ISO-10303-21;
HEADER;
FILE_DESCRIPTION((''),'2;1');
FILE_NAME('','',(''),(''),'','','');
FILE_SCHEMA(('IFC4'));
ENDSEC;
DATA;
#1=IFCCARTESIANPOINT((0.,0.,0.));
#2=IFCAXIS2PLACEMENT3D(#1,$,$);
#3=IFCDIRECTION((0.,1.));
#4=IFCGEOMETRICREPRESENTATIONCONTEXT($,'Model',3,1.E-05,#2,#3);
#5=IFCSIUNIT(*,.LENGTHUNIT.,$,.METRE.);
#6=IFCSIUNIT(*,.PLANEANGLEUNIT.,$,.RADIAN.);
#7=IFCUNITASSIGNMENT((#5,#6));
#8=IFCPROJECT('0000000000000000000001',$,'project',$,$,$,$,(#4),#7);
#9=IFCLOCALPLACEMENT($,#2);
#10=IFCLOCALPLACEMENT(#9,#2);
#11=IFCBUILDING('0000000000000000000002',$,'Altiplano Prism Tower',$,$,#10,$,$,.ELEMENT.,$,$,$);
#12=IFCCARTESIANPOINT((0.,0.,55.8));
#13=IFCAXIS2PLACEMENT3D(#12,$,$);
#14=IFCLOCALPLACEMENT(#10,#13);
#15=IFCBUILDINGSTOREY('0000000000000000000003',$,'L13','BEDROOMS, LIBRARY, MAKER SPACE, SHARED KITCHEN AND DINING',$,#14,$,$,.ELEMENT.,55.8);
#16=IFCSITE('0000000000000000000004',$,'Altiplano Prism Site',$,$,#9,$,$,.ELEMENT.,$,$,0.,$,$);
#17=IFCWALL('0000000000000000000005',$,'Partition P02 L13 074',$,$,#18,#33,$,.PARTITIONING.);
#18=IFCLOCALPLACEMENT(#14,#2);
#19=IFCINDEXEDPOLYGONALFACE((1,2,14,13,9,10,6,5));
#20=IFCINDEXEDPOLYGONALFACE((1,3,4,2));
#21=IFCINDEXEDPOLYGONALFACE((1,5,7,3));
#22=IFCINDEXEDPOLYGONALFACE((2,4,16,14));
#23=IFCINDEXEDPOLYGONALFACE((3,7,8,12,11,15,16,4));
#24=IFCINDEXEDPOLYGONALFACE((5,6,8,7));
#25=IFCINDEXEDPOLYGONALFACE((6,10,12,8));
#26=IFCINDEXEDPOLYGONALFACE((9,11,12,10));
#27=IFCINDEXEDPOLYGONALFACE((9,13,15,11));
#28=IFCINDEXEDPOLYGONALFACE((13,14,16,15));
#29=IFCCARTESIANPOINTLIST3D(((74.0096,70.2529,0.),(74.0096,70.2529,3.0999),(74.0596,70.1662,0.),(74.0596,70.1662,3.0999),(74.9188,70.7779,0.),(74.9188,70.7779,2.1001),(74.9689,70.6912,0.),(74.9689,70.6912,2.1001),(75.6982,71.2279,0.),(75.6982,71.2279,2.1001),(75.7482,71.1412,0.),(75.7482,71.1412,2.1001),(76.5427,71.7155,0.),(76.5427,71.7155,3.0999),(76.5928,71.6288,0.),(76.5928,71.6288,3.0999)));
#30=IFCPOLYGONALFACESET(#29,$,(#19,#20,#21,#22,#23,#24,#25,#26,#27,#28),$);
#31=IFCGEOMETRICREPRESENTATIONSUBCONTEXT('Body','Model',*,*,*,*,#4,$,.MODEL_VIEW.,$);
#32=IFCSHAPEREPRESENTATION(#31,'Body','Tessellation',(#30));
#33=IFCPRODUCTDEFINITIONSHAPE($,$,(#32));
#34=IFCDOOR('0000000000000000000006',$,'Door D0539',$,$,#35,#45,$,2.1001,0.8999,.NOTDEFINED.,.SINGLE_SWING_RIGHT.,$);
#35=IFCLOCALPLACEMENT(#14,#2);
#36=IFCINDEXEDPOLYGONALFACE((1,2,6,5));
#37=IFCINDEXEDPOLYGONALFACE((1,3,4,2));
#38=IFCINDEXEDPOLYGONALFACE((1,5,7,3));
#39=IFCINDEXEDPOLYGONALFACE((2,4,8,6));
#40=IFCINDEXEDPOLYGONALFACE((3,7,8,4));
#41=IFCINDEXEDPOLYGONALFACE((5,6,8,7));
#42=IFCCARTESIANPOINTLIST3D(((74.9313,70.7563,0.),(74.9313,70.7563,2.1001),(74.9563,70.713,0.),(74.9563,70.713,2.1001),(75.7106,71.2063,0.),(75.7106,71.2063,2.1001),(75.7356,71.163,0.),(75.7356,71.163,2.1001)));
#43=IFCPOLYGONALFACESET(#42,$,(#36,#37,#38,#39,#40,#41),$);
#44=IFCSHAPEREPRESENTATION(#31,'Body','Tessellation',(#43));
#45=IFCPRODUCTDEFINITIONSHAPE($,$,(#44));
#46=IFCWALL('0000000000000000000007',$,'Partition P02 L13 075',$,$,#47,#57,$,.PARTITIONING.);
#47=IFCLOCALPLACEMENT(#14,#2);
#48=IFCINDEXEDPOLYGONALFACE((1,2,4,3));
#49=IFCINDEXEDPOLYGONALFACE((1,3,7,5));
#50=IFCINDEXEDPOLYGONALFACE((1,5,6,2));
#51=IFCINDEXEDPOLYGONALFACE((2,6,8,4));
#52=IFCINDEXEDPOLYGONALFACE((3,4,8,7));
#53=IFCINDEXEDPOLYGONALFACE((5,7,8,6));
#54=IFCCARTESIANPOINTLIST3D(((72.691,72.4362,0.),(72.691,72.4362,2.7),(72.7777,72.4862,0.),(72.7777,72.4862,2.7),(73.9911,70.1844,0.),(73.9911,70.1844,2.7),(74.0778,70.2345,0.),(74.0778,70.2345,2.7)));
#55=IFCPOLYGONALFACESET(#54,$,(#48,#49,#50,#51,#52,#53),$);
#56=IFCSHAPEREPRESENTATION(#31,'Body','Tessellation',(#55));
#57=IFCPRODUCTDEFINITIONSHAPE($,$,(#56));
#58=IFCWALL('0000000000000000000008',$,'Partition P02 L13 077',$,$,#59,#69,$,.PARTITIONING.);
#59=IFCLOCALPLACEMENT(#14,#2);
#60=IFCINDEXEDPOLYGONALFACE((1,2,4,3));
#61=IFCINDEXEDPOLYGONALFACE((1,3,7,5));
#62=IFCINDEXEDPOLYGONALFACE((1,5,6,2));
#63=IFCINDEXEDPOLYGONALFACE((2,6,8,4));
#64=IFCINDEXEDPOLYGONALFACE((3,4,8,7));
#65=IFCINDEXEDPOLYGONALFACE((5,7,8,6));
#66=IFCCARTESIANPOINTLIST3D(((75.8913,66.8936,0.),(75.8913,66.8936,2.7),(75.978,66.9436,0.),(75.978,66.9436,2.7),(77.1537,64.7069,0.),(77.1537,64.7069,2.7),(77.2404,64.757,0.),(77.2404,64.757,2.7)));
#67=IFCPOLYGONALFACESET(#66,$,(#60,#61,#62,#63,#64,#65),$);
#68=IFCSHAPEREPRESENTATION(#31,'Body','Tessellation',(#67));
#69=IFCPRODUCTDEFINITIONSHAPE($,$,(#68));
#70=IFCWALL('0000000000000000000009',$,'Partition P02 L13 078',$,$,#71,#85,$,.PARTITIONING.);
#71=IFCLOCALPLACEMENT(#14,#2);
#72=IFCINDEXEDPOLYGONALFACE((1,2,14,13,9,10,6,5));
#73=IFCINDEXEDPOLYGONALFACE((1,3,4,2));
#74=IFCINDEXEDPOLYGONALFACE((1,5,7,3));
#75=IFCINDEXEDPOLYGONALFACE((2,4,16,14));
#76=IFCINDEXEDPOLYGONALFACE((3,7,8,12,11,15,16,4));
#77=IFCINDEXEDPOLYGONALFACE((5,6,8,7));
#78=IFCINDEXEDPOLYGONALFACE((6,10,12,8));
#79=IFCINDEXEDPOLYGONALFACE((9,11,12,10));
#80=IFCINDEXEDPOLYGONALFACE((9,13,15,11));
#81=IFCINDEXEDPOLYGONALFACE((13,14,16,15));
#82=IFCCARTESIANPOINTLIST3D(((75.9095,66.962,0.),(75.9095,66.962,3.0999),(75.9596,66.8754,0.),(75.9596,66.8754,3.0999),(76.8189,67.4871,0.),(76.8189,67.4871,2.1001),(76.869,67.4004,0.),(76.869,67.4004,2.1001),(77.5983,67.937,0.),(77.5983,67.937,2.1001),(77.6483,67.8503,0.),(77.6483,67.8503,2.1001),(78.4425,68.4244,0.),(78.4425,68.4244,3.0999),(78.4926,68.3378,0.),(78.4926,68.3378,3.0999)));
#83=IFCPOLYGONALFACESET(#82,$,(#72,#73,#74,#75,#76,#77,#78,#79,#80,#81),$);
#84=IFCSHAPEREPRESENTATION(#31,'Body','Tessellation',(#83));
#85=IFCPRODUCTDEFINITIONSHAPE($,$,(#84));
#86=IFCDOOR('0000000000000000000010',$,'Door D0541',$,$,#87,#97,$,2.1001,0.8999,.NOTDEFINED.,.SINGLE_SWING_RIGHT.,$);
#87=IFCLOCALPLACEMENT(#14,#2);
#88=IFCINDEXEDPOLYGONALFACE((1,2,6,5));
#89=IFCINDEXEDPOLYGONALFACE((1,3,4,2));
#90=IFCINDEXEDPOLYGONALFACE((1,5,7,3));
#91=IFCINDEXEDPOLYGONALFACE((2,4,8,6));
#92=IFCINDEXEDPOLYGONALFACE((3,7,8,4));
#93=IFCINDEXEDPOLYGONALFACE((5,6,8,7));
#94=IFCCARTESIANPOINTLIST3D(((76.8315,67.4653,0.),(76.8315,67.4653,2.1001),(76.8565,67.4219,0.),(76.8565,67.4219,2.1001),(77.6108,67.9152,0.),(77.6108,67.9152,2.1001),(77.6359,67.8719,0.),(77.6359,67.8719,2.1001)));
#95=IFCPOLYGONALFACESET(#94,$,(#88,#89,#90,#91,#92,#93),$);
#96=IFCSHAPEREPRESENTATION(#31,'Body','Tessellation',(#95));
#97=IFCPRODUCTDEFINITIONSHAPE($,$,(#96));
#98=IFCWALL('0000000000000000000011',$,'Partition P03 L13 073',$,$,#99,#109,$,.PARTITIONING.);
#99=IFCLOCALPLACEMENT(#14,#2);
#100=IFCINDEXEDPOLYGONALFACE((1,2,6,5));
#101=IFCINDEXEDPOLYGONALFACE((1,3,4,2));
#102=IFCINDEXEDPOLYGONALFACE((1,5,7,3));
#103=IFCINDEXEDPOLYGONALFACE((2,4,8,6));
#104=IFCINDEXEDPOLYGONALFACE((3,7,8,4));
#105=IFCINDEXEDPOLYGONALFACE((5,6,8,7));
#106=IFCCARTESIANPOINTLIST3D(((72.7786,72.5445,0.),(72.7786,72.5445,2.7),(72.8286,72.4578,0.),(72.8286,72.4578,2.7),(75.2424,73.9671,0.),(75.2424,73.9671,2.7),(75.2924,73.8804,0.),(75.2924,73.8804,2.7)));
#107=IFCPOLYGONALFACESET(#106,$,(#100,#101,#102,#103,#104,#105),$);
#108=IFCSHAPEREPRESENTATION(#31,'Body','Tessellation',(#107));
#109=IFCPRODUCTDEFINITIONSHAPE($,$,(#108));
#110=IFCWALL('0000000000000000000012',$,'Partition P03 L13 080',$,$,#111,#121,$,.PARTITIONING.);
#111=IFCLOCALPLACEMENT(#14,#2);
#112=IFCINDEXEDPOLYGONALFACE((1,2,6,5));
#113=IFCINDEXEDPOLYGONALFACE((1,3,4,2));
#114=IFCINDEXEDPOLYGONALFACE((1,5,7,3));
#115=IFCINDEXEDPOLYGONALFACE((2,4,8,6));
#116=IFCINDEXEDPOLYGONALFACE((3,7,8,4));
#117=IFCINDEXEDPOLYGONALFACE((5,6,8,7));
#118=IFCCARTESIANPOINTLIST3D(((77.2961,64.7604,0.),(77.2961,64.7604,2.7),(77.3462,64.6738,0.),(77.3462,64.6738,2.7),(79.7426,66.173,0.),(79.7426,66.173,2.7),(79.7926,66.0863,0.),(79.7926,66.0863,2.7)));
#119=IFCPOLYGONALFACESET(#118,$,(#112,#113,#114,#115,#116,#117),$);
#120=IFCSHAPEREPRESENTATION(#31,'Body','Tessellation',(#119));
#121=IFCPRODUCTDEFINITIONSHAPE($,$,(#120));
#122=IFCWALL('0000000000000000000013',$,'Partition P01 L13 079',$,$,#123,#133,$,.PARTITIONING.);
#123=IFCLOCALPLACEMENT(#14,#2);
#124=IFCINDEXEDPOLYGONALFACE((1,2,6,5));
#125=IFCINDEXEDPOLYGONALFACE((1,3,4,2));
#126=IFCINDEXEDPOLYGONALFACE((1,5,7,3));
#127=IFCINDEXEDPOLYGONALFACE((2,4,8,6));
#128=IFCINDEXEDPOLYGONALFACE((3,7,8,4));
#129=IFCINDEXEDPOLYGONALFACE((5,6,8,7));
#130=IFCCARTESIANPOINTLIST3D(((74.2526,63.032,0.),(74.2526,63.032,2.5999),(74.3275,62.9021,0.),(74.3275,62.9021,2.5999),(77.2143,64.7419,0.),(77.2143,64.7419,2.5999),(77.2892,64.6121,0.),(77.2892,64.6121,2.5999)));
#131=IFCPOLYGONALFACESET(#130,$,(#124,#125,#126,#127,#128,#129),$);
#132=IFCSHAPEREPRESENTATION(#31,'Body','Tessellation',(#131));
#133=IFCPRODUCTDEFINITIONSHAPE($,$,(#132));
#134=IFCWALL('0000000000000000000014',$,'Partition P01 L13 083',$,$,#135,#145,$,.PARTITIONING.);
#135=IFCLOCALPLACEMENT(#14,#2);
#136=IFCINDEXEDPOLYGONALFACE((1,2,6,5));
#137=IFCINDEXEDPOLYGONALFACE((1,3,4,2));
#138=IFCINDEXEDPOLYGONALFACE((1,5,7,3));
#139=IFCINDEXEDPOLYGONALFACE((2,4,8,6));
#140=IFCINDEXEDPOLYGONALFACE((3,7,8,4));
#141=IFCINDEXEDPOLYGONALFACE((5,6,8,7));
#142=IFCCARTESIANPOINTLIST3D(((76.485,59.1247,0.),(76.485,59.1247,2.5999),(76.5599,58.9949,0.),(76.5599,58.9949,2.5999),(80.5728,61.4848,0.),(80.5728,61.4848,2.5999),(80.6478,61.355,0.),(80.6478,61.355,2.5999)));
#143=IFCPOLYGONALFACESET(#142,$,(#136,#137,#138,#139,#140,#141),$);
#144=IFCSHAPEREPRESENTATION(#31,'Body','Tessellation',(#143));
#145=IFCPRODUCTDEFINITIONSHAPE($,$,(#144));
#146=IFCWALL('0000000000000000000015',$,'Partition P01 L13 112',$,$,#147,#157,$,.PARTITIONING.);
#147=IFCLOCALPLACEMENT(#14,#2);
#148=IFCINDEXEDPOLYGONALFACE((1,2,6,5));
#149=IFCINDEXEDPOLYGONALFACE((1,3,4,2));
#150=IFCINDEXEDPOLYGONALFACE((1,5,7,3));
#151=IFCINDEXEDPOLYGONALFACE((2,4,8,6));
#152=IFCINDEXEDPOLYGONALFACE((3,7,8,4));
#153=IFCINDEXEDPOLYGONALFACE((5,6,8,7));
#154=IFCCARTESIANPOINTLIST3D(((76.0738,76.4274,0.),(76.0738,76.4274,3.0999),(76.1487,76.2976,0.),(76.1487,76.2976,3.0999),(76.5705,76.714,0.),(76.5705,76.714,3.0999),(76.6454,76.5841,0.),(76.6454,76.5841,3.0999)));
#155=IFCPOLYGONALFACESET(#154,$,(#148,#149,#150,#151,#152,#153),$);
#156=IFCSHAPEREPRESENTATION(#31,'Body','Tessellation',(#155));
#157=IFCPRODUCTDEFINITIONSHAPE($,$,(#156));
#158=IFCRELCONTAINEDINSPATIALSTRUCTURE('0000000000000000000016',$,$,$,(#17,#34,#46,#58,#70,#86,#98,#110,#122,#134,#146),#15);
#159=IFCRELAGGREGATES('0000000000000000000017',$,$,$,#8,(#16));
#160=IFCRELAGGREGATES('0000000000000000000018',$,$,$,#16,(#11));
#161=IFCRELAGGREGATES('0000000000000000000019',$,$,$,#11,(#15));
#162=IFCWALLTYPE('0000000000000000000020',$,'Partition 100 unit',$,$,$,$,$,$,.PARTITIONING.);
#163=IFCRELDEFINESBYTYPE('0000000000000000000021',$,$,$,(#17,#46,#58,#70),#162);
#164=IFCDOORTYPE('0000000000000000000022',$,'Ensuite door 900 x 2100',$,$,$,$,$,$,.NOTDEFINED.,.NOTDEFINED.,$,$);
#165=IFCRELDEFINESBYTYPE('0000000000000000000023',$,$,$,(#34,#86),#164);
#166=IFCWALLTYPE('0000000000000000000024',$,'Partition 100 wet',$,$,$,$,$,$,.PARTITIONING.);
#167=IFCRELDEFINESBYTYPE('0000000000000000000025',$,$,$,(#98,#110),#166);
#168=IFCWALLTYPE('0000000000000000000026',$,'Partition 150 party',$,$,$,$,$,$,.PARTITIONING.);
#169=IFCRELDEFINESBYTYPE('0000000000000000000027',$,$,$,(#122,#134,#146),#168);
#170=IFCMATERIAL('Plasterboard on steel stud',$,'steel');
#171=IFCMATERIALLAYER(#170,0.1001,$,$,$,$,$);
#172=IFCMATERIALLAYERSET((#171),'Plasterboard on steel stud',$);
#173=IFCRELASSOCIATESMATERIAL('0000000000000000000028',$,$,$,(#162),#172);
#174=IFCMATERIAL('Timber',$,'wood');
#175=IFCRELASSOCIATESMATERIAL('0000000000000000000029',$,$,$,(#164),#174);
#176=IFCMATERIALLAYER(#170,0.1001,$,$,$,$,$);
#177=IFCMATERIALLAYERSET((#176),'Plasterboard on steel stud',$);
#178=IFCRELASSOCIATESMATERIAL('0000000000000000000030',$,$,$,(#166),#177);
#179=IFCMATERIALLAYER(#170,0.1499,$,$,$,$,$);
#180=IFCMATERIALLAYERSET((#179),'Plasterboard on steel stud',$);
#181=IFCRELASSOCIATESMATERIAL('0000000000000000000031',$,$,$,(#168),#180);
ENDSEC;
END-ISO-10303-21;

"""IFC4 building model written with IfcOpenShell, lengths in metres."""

from ifc_helpers import new_model, si_unit, direction, frame, frame_2d, origin, place, context, subcontext, project, spatial, rectangle, extrude, material, layer, layer_set, type_object, element, fill, save


model = new_model("IFC4")

# Units and contexts
model_context = context("Model", 3, precision=1e-05, world=origin(), true_north=direction((0.0, 1.0)))
body_context = subcontext(model_context, "Body", "Model", "MODEL_VIEW")
ifc_project = project(units=[si_unit("LENGTHUNIT", "METRE"), si_unit("PLANEANGLEUNIT", "RADIAN")], contexts=[model_context])

# Site, building, storey
site_placement = place(None, origin())
site = spatial("IfcSite", under=ifc_project, at=site_placement, Name="Altiplano Prism Site", CompositionType="ELEMENT", RefElevation=0.0)
building_placement = place(site_placement, origin())
building = spatial("IfcBuilding", under=site, at=building_placement, Name="Altiplano Prism Tower", CompositionType="ELEMENT")
storey_placement = place(building_placement, frame((0.0, 0.0, 55.8)))
storey = spatial("IfcBuildingStorey", under=building, at=storey_placement, Name="L13", Description="BEDROOMS, LIBRARY, MAKER SPACE, SHARED KITCHEN AND DINING", CompositionType="ELEMENT", Elevation=55.8)

# Shared definitions
ifc_material_1 = material(Name="Plasterboard on steel stud", Category="steel")
ifc_layer_1 = layer(ifc_material_1, 0.1001)
ifc_layer_set_1 = layer_set([ifc_layer_1], Name="Plasterboard on steel stud")
wall_type_1 = type_object("IfcWallType", Name="Partition 100 unit", PredefinedType="PARTITIONING", material=ifc_layer_set_1)

# Wall, opening, door
wall_1_placement = place(storey_placement, frame((76.5676, 71.6721, 0.0), z_axis=(0.0, 0.0, 1.0), x_axis=(-0.86601, -0.500026, 0.0)))
wall_1 = element("IfcWall", 1, at=wall_1_placement, inside=storey, type_object=wall_type_1, Name="Partition P02 L13 074", PredefinedType="PARTITIONING", context=body_context, shape_type="SweptSolid", body=[
    extrude(rectangle(XDim=2.925, YDim=0.1001, at=frame_2d((1.4624, 0.0))), origin(), (0.0, 0.0, 1.0), 3.0999),
])
opening_1_placement = place(wall_1_placement, frame((0.9751, 0.0, 0.0)))
opening_1 = element("IfcOpeningElement", 2, at=opening_1_placement, cuts=wall_1, PredefinedType="OPENING", context=body_context, shape_type="SweptSolid", body=[
    extrude(rectangle(XDim=0.8999, YDim=2.1001, at=frame_2d((0.45, 1.05))), frame((0.0, 0.0605, 0.0), z_axis=(0.0, -1.0, 0.0), x_axis=(1.0, 0.0, 0.0)), (0.0, 0.0, 1.0), 0.1211),
])
ifc_material_2 = material(Name="Timber", Category="wood")
door_type = type_object("IfcDoorType", Name="Ensuite door 900 x 2100", OperationType="NOTDEFINED", PredefinedType="NOTDEFINED", material=ifc_material_2)
door_1_placement = place(opening_1_placement, origin())
door_1 = element("IfcDoor", 3, at=door_1_placement, inside=storey, type_object=door_type, Name="Door D0539", OperationType="SINGLE_SWING_RIGHT", OverallHeight=2.1001, OverallWidth=0.8999, PredefinedType="NOTDEFINED", context=body_context, shape_type="SweptSolid", body=[
    extrude(rectangle(XDim=0.8999, YDim=2.1001, at=frame_2d((0.45, 1.05))), frame((0.0, 0.0249, 0.0), z_axis=(0.0, -1.0, 0.0), x_axis=(1.0, 0.0, 0.0)), (0.0, 0.0, 1.0), 0.05),
])
fill(opening_1, door_1)

# Walls
wall_2_placement = place(storey_placement, frame((74.0344, 70.2095, 0.0), z_axis=(0.0, 0.0, 1.0), x_axis=(-0.500007, 0.866021, 0.0)))
element("IfcWall", 4, at=wall_2_placement, inside=storey, type_object=wall_type_1, Name="Partition P02 L13 075", PredefinedType="PARTITIONING", context=body_context, shape_type="SweptSolid", body=[
    extrude(rectangle(XDim=2.6001, YDim=0.1001, at=frame_2d((1.3, 0.0))), origin(), (0.0, 0.0, 1.0), 2.7),
])
wall_3_placement = place(storey_placement, frame((77.197, 64.7319, 0.0), z_axis=(0.0, 0.0, 1.0), x_axis=(-0.499976, 0.866039, 0.0)))
element("IfcWall", 5, at=wall_3_placement, inside=storey, type_object=wall_type_1, Name="Partition P02 L13 077", PredefinedType="PARTITIONING", context=body_context, shape_type="SweptSolid", body=[
    extrude(rectangle(XDim=2.5249, YDim=0.1001, at=frame_2d((1.2625, 0.0))), origin(), (0.0, 0.0, 1.0), 2.7),
])

# Wall, opening, door
wall_4_placement = place(storey_placement, frame((75.9346, 66.9187, 0.0), z_axis=(0.0, 0.0, 1.0), x_axis=(0.866026, 0.499999, 0.0)))
wall_4 = element("IfcWall", 6, at=wall_4_placement, inside=storey, type_object=wall_type_1, Name="Partition P02 L13 078", PredefinedType="PARTITIONING", context=body_context, shape_type="SweptSolid", body=[
    extrude(rectangle(XDim=2.9248, YDim=0.1001, at=frame_2d((1.4624, 0.0))), origin(), (0.0, 0.0, 1.0), 3.0999),
])
opening_2_placement = place(wall_4_placement, frame((1.05, 0.0, 0.0)))
opening_2 = element("IfcOpeningElement", 7, at=opening_2_placement, cuts=wall_4, PredefinedType="OPENING", context=body_context, shape_type="SweptSolid", body=[
    extrude(rectangle(XDim=0.8999, YDim=2.1001, at=frame_2d((0.45, 1.05))), frame((0.0, 0.0605, 0.0), z_axis=(0.0, -1.0, 0.0), x_axis=(1.0, 0.0, 0.0)), (0.0, 0.0, 1.0), 0.1211),
])
door_2_placement = place(opening_2_placement, origin())
door_2 = element("IfcDoor", 8, at=door_2_placement, inside=storey, type_object=door_type, Name="Door D0541", OperationType="SINGLE_SWING_RIGHT", OverallHeight=2.1001, OverallWidth=0.8999, PredefinedType="NOTDEFINED", context=body_context, shape_type="SweptSolid", body=[
    extrude(rectangle(XDim=0.8999, YDim=2.1001, at=frame_2d((0.45, 1.05))), frame((0.0, 0.0249, 0.0), z_axis=(0.0, -1.0, 0.0), x_axis=(1.0, 0.0, 0.0)), (0.0, 0.0, 1.0), 0.05),
])
fill(opening_2, door_2)

# Walls
ifc_layer_2 = layer(ifc_material_1, 0.1001)
ifc_layer_set_2 = layer_set([ifc_layer_2], Name="Plasterboard on steel stud")
wall_type_2 = type_object("IfcWallType", Name="Partition 100 wet", PredefinedType="PARTITIONING", material=ifc_layer_set_2)
wall_5_placement = place(storey_placement, frame((72.8037, 72.5012, 0.0), z_axis=(0.0, 0.0, 1.0), x_axis=(0.866011, 0.500025, 0.0)))
element("IfcWall", 9, at=wall_5_placement, inside=storey, type_object=wall_type_2, Name="Partition P03 L13 073", PredefinedType="PARTITIONING", context=body_context, shape_type="SweptSolid", body=[
    extrude(rectangle(XDim=2.845, YDim=0.1001, at=frame_2d((1.4224, 0.0))), origin(), (0.0, 0.0, 1.0), 2.7),
])
wall_6_placement = place(storey_placement, frame((77.321, 64.717, 0.0), z_axis=(0.0, 0.0, 1.0), x_axis=(0.866011, 0.500024, 0.0)))
element("IfcWall", 10, at=wall_6_placement, inside=storey, type_object=wall_type_2, Name="Partition P03 L13 080", PredefinedType="PARTITIONING", context=body_context, shape_type="SweptSolid", body=[
    extrude(rectangle(XDim=2.825, YDim=0.1001, at=frame_2d((1.4126, 0.0))), origin(), (0.0, 0.0, 1.0), 2.7),
])
ifc_layer_3 = layer(ifc_material_1, 0.1499)
ifc_layer_set_3 = layer_set([ifc_layer_3], Name="Plasterboard on steel stud")
wall_type_3 = type_object("IfcWallType", Name="Partition 150 party", PredefinedType="PARTITIONING", material=ifc_layer_set_3)
wall_7_placement = place(storey_placement, frame((74.29, 62.967, 0.0), z_axis=(0.0, 0.0, 1.0), x_axis=(0.86602, 0.500009, 0.0)))
element("IfcWall", 11, at=wall_7_placement, inside=storey, type_object=wall_type_3, Name="Partition P01 L13 079", PredefinedType="PARTITIONING", context=body_context, shape_type="SweptSolid", body=[
    extrude(rectangle(XDim=3.4199, YDim=0.1499, at=frame_2d((1.71, 0.0))), origin(), (0.0, 0.0, 1.0), 2.5999),
])
wall_8_placement = place(storey_placement, frame((76.5225, 59.0598, 0.0), z_axis=(0.0, 0.0, 1.0), x_axis=(0.866029, 0.499994, 0.0)))
element("IfcWall", 12, at=wall_8_placement, inside=storey, type_object=wall_type_3, Name="Partition P01 L13 083", PredefinedType="PARTITIONING", context=body_context, shape_type="SweptSolid", body=[
    extrude(rectangle(XDim=4.7202, YDim=0.1499, at=frame_2d((2.3601, 0.0))), origin(), (0.0, 0.0, 1.0), 2.5999),
])
wall_9_placement = place(storey_placement, frame((76.1113, 76.3625, 0.0), z_axis=(0.0, 0.0, 1.0), x_axis=(0.866193, 0.49971, 0.0)))
element("IfcWall", 13, at=wall_9_placement, inside=storey, type_object=wall_type_3, Name="Partition P01 L13 112", PredefinedType="PARTITIONING", context=body_context, shape_type="SweptSolid", body=[
    extrude(rectangle(XDim=0.5735, YDim=0.1499, at=frame_2d((0.2866, 0.0))), origin(), (0.0, 0.0, 1.0), 3.0999),
])

save(model, "model.ifc")
